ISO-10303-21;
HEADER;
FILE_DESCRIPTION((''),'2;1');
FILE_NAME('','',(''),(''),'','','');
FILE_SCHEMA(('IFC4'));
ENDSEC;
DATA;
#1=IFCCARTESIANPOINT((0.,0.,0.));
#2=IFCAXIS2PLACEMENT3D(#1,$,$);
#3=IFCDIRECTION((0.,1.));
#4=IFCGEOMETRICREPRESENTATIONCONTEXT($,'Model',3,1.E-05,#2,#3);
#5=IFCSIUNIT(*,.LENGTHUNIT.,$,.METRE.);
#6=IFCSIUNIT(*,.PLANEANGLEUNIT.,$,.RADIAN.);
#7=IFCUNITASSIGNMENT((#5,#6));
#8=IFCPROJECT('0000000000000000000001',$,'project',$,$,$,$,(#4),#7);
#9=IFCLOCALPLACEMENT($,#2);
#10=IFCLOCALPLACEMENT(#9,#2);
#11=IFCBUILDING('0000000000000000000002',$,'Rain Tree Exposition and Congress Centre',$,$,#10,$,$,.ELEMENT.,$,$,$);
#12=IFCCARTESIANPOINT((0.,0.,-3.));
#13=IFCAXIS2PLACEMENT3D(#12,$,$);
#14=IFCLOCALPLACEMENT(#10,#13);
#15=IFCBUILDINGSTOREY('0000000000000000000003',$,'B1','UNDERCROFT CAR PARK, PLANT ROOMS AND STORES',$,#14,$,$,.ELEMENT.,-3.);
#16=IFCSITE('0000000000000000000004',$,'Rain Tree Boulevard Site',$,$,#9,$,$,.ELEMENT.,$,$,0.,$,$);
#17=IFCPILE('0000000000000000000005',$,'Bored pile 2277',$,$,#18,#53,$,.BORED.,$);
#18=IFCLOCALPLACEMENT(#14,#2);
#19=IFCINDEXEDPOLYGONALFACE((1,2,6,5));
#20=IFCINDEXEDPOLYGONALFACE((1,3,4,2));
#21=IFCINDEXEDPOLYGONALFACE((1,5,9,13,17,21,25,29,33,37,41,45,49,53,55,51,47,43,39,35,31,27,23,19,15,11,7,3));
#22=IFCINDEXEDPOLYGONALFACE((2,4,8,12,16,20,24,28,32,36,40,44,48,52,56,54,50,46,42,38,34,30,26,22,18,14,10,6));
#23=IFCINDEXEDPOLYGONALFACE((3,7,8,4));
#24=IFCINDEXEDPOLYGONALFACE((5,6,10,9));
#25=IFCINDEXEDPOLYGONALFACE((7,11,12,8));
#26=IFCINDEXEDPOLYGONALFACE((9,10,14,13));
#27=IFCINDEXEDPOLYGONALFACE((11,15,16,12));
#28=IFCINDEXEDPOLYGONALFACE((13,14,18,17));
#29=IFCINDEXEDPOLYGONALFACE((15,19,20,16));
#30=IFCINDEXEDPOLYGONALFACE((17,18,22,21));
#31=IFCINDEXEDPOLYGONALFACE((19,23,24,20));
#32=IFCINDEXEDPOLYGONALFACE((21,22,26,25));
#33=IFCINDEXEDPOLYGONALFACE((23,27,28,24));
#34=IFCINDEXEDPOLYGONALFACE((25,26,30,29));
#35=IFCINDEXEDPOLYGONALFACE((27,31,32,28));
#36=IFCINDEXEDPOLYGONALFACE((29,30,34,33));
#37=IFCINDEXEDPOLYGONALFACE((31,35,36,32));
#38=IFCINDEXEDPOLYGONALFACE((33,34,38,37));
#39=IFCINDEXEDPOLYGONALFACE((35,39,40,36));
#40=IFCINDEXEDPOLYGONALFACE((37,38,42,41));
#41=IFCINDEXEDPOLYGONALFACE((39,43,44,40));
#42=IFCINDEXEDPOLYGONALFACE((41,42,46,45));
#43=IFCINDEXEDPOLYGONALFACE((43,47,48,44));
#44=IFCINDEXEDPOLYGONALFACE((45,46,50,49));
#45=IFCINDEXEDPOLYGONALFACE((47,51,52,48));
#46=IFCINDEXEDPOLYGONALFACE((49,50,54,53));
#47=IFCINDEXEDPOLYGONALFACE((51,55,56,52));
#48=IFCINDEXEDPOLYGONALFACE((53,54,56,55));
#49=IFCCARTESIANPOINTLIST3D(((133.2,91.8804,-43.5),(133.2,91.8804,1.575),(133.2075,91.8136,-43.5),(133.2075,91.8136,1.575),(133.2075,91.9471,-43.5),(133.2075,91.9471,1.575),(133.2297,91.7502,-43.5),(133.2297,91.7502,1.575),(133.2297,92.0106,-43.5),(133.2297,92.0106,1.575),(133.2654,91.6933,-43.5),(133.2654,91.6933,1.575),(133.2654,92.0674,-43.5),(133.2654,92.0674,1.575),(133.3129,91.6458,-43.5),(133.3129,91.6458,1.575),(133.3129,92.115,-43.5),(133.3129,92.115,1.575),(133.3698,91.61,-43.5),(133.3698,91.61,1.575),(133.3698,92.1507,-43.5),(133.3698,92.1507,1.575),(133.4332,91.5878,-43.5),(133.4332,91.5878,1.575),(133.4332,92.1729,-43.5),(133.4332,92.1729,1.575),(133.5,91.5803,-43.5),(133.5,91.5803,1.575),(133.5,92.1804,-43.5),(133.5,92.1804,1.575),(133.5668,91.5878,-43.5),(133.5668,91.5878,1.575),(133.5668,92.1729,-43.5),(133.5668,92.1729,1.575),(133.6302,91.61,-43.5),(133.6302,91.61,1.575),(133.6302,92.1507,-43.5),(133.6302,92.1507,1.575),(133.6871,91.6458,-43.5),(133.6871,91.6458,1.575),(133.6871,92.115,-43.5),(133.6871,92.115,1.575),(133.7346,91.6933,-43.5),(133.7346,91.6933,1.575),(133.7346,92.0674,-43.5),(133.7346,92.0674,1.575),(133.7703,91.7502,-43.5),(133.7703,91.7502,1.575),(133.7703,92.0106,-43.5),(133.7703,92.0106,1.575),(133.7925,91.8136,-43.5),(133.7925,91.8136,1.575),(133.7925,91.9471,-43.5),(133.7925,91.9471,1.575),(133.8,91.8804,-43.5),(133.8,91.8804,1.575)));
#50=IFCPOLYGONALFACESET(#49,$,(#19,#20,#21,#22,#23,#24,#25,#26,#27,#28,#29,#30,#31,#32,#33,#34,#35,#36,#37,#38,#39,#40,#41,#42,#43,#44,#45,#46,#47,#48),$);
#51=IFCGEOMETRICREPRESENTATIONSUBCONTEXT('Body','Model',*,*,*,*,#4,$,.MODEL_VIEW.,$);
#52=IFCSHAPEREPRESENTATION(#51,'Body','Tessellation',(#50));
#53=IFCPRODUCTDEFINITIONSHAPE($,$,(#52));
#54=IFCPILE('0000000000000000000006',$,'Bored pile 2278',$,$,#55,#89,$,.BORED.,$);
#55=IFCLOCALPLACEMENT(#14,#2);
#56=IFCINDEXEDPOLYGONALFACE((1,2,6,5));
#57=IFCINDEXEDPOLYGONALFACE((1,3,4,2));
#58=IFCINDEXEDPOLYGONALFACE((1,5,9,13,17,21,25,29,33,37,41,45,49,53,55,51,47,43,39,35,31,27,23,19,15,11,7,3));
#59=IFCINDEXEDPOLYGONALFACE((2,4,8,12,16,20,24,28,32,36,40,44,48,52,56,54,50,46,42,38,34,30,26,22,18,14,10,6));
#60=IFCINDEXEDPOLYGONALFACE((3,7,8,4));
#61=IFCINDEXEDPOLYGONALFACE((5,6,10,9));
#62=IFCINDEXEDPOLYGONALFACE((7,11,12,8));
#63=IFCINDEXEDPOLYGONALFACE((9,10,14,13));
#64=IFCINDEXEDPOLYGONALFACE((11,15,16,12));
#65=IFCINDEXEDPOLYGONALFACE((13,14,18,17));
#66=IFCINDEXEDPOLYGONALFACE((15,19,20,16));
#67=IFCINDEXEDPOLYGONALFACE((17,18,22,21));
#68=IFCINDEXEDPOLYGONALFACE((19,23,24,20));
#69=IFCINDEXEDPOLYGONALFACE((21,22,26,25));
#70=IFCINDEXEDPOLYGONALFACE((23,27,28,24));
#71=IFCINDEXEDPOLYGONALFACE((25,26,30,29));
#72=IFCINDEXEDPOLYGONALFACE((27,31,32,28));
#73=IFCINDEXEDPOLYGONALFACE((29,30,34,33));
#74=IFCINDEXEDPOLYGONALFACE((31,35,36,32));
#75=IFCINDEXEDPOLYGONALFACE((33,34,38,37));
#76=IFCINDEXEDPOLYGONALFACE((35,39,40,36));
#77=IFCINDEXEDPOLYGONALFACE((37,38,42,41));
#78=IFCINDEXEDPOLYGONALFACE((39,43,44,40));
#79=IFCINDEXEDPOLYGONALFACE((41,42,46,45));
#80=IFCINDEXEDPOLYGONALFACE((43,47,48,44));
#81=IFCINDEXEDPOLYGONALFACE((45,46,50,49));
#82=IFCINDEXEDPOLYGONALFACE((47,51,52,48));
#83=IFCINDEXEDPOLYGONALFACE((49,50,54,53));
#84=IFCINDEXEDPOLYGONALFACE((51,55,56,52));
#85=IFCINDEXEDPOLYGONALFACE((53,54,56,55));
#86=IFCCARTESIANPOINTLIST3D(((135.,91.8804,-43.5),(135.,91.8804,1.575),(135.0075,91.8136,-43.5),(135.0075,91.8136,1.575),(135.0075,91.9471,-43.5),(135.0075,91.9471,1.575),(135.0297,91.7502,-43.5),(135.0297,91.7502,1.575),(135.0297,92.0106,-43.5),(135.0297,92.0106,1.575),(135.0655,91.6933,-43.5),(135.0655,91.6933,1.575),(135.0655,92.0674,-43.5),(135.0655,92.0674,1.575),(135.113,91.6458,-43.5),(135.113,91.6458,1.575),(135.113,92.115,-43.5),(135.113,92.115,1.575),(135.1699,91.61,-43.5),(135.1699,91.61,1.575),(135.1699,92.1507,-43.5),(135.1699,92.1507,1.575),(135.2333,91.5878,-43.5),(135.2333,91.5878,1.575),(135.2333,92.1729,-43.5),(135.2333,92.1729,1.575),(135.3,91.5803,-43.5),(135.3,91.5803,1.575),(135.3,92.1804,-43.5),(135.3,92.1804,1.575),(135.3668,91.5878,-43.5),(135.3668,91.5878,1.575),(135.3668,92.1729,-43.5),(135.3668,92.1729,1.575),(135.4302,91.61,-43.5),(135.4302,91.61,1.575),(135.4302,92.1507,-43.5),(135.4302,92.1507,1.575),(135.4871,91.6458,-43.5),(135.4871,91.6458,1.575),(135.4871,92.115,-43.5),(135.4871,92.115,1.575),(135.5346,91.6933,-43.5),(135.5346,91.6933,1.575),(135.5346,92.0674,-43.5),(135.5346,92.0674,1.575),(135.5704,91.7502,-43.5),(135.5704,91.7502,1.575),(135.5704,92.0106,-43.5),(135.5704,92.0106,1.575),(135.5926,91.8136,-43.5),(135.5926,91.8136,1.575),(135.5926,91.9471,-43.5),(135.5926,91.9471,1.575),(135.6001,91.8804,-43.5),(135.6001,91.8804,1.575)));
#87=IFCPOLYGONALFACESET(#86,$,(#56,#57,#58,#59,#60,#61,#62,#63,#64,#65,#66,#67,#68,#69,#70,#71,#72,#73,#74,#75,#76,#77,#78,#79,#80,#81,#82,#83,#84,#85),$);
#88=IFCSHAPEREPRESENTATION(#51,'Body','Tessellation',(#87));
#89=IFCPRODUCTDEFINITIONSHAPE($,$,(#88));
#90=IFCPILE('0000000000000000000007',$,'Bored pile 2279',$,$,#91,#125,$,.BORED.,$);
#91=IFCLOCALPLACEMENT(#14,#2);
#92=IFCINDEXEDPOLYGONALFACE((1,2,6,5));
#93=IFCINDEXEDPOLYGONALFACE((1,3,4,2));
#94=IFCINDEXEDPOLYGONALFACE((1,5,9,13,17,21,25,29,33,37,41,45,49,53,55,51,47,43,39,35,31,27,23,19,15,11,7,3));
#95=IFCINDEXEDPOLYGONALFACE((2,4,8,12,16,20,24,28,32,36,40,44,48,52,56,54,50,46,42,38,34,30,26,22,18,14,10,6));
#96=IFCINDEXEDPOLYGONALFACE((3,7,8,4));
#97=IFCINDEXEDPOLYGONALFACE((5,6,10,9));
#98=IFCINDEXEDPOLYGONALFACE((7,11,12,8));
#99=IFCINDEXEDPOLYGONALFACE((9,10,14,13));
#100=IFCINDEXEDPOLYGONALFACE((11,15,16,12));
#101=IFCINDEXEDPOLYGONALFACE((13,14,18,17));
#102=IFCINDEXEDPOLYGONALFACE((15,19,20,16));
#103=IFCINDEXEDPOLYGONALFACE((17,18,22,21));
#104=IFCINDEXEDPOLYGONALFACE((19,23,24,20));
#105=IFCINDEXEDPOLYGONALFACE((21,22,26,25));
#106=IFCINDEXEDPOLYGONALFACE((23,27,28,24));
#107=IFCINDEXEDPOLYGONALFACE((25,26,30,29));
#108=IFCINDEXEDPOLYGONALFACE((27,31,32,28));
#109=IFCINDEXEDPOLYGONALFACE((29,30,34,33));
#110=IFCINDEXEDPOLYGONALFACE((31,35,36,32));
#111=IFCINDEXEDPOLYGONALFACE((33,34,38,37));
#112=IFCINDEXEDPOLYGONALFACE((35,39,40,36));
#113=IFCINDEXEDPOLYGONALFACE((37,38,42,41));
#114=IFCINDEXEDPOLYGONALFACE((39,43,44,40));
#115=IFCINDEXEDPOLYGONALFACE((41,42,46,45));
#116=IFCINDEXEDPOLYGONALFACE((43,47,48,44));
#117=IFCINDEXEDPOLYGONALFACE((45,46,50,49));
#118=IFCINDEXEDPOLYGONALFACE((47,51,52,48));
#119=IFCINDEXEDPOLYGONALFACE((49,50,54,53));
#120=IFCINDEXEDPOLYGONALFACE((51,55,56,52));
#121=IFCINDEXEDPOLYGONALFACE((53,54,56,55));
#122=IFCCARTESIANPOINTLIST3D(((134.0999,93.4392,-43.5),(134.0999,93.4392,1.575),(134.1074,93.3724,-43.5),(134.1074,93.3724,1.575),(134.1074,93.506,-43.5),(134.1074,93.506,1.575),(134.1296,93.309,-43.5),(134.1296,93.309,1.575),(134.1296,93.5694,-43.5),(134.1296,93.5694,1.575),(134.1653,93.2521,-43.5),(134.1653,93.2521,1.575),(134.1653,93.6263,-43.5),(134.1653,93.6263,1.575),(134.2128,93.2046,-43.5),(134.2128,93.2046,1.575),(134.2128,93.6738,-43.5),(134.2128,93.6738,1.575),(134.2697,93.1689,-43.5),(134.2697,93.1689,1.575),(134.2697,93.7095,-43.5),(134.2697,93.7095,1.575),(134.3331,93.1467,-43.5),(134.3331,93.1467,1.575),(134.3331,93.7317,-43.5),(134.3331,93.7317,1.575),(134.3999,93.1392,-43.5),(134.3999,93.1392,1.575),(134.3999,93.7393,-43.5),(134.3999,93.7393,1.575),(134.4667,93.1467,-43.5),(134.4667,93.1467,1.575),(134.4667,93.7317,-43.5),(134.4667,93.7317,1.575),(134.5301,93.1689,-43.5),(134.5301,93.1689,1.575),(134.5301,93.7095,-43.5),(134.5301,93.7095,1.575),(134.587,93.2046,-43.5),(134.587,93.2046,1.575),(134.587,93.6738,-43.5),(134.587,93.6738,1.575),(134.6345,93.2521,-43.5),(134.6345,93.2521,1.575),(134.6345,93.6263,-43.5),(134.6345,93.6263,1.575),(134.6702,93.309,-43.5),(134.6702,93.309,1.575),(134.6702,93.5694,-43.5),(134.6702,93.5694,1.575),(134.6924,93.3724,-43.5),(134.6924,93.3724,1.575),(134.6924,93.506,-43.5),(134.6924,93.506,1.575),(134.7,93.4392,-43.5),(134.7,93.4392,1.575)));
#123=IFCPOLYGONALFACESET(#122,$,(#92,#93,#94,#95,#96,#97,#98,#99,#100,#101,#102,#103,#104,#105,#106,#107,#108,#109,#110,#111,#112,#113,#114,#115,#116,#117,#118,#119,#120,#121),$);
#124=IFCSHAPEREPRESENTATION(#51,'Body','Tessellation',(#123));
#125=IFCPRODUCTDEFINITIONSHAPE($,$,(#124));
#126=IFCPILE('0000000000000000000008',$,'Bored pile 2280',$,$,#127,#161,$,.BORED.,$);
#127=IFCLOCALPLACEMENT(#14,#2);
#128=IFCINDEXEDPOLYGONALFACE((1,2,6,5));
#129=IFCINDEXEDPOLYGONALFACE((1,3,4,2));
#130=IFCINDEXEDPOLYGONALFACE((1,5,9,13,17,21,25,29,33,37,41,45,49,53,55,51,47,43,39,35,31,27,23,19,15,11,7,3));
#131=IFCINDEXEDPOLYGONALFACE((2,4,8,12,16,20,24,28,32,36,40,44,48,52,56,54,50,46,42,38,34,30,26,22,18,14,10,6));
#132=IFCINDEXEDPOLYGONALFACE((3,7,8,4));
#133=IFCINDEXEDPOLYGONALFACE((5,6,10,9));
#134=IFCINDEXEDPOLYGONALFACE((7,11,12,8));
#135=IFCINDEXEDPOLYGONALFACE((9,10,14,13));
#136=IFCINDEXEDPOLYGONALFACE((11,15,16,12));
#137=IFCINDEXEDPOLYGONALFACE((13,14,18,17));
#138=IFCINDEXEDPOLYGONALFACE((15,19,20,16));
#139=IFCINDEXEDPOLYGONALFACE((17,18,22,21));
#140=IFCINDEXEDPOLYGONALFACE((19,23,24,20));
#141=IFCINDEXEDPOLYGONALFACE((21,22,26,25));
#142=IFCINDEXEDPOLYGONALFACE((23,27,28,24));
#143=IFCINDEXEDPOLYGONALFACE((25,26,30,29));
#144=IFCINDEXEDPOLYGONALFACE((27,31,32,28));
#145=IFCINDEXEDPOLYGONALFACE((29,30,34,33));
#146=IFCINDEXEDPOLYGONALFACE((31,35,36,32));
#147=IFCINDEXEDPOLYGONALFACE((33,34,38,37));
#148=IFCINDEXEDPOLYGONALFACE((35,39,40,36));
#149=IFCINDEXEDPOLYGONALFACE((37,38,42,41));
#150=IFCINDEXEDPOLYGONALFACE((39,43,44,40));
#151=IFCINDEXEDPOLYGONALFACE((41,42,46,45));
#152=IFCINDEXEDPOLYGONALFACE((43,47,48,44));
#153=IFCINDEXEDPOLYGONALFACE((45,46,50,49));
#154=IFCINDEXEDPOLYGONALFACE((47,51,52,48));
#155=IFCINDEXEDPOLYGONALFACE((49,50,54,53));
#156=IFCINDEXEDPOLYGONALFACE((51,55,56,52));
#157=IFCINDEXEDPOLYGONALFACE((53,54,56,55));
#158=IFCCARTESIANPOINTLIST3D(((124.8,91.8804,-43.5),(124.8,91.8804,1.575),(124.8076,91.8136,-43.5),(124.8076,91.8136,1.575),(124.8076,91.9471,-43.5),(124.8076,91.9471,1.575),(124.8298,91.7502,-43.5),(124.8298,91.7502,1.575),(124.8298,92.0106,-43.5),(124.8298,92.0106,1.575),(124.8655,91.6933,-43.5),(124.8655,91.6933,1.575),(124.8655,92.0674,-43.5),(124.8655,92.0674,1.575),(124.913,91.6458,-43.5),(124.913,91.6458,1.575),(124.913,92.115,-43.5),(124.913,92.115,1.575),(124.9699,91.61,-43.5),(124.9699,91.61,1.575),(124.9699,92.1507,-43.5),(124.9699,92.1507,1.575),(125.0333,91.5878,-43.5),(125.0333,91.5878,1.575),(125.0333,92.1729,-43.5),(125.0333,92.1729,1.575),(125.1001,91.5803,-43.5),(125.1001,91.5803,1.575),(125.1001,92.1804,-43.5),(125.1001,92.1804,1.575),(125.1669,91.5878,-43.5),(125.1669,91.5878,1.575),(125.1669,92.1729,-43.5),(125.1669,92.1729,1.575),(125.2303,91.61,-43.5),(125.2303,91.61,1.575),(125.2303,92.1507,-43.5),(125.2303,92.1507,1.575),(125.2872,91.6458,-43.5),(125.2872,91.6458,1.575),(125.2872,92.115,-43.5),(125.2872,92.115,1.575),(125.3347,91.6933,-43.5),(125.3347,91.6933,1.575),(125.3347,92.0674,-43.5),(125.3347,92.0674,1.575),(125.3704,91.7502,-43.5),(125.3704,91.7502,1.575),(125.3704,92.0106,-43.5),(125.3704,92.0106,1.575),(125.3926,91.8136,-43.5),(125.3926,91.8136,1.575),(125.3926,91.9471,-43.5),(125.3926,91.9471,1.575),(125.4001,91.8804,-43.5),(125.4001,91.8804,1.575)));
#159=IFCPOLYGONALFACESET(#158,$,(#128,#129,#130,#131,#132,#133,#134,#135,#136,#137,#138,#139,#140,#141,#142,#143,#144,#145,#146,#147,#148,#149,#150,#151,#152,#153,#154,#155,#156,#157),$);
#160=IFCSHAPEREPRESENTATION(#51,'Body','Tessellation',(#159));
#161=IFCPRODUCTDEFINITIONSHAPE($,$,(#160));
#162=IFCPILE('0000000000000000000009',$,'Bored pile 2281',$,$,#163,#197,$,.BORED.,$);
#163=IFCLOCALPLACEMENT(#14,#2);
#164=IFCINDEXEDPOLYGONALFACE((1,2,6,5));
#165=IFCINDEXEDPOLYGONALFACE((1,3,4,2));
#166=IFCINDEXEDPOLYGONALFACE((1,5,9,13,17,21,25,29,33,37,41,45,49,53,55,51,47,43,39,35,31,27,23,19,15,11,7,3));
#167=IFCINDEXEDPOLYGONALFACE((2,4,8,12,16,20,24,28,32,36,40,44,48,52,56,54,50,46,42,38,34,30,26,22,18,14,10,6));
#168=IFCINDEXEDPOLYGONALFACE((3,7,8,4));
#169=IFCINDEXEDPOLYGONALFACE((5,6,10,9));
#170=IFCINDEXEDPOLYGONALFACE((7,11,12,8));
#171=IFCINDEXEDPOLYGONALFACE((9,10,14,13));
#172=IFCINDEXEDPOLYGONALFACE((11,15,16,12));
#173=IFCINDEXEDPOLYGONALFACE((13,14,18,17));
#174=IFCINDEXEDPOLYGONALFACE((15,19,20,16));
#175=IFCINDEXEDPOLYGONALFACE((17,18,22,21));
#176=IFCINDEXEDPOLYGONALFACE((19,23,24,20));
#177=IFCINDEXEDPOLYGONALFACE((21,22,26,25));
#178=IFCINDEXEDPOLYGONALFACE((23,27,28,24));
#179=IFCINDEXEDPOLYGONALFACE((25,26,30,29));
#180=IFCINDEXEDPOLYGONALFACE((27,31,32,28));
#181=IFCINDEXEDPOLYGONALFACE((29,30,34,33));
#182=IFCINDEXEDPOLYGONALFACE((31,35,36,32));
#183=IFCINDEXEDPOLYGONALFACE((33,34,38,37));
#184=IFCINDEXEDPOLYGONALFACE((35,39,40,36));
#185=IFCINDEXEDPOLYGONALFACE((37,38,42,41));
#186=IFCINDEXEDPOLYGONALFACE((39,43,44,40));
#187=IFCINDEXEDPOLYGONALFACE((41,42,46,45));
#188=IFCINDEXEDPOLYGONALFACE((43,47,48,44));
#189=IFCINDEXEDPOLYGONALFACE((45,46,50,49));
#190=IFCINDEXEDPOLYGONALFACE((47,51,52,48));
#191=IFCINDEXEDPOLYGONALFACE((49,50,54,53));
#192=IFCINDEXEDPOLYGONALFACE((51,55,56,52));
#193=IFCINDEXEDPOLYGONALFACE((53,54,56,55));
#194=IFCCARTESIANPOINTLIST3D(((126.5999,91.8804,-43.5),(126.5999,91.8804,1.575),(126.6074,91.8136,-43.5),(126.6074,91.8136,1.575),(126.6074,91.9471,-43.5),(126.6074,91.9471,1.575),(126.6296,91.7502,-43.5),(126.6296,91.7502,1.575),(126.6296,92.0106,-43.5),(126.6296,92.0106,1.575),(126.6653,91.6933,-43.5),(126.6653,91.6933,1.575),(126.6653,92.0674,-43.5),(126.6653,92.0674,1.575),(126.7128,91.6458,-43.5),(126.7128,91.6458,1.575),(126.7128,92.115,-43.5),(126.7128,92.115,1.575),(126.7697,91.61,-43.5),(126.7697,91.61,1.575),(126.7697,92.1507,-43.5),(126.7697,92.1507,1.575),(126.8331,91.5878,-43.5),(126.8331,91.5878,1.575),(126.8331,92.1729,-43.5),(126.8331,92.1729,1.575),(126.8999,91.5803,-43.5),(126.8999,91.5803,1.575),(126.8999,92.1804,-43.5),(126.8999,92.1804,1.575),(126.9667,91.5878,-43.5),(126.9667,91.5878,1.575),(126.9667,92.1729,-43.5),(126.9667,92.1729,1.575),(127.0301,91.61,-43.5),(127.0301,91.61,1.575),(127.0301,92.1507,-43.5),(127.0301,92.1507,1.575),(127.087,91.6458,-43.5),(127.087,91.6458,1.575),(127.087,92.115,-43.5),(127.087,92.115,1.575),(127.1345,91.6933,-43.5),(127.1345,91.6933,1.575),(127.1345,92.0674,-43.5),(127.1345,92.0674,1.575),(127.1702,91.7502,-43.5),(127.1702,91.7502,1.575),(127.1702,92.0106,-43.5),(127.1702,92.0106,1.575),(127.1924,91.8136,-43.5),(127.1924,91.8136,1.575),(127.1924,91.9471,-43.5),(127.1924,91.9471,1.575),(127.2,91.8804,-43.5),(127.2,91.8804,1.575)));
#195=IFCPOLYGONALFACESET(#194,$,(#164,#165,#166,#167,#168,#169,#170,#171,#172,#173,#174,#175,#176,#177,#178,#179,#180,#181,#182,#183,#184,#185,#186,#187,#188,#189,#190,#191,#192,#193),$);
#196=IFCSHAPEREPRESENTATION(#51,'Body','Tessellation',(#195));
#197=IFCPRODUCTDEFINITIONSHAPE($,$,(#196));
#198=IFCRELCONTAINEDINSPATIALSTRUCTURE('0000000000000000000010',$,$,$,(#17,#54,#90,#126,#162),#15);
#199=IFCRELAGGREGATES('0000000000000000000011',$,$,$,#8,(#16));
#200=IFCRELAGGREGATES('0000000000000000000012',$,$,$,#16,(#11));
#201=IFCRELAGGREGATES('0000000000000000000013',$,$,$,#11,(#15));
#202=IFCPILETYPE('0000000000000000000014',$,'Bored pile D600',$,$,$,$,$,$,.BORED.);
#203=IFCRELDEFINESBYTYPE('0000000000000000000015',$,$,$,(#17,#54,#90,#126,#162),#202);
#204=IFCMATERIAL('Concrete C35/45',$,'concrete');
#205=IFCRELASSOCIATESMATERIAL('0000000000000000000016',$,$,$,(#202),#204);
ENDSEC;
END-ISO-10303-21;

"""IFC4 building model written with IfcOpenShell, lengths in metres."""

from ifc_helpers import new_model, si_unit, direction, frame, origin, origin_2d, place, context, subcontext, project, spatial, circle, extrude, material, material_profile, profile_set, type_object, element, save


model = new_model("IFC4")

# Units and contexts
model_context = context("Model", 3, precision=1e-05, world=origin(), true_north=direction((0.0, 1.0)))
body_context = subcontext(model_context, "Body", "Model", "MODEL_VIEW")
ifc_project = project(units=[si_unit("LENGTHUNIT", "METRE"), si_unit("PLANEANGLEUNIT", "RADIAN")], contexts=[model_context])

# Site, building, storey
site_placement = place(None, origin())
site = spatial("IfcSite", under=ifc_project, at=site_placement, Name="Rain Tree Boulevard Site", CompositionType="ELEMENT", RefElevation=0.0)
building_placement = place(site_placement, origin())
building = spatial("IfcBuilding", under=site, at=building_placement, Name="Rain Tree Exposition and Congress Centre", CompositionType="ELEMENT")
storey_placement = place(building_placement, frame((0.0, 0.0, -3.0)))
storey = spatial("IfcBuildingStorey", under=building, at=storey_placement, Name="B1", Description="UNDERCROFT CAR PARK, PLANT ROOMS AND STORES", CompositionType="ELEMENT", Elevation=-3.0)

# Piles
ifc_material_1 = material(Name="Concrete C35/45", Category="concrete")
ifc_material_profile_1 = material_profile(ifc_material_1, circle(Radius=0.3, at=origin_2d()), Name="D600")
ifc_profile_set_1 = profile_set([ifc_material_profile_1], Name="Concrete C35/45")
pile_type_1 = type_object("IfcPileType", Name="Bored pile D600", PredefinedType="BORED", material=ifc_profile_set_1)
for number, where, z_axis, x_axis, name in (
    (1, (133.5, 91.8804, 1.575), (0.0, 0.0, -1.0), (1.0, 0.0, 0.0), "Bored pile 2277"),
    (2, (135.3, 91.8804, 1.575), (0.0, 0.0, -1.0), (1.0, 0.0, 0.0), "Bored pile 2278"),
    (3, (134.3999, 93.4392, 1.575), (0.0, 0.0, -1.0), (1.0, 0.0, 0.0), "Bored pile 2279"),
    (4, (125.1001, 91.8804, 1.575), (0.0, 0.0, -1.0), (1.0, 0.0, 0.0), "Bored pile 2280"),
    (5, (126.8999, 91.8804, 1.575), (0.0, 0.0, -1.0), (1.0, 0.0, 0.0), "Bored pile 2281"),
):
    element("IfcPile", number, at=place(storey_placement, frame(where, z_axis=z_axis, x_axis=x_axis)), inside=storey, type_object=pile_type_1, Name=name, PredefinedType="BORED", context=body_context, shape_type="SweptSolid", body=[
        extrude(circle(Radius=0.3, at=origin_2d()), origin(), (0.0, 0.0, 1.0), 45.075),
    ])

save(model, "model.ifc")
